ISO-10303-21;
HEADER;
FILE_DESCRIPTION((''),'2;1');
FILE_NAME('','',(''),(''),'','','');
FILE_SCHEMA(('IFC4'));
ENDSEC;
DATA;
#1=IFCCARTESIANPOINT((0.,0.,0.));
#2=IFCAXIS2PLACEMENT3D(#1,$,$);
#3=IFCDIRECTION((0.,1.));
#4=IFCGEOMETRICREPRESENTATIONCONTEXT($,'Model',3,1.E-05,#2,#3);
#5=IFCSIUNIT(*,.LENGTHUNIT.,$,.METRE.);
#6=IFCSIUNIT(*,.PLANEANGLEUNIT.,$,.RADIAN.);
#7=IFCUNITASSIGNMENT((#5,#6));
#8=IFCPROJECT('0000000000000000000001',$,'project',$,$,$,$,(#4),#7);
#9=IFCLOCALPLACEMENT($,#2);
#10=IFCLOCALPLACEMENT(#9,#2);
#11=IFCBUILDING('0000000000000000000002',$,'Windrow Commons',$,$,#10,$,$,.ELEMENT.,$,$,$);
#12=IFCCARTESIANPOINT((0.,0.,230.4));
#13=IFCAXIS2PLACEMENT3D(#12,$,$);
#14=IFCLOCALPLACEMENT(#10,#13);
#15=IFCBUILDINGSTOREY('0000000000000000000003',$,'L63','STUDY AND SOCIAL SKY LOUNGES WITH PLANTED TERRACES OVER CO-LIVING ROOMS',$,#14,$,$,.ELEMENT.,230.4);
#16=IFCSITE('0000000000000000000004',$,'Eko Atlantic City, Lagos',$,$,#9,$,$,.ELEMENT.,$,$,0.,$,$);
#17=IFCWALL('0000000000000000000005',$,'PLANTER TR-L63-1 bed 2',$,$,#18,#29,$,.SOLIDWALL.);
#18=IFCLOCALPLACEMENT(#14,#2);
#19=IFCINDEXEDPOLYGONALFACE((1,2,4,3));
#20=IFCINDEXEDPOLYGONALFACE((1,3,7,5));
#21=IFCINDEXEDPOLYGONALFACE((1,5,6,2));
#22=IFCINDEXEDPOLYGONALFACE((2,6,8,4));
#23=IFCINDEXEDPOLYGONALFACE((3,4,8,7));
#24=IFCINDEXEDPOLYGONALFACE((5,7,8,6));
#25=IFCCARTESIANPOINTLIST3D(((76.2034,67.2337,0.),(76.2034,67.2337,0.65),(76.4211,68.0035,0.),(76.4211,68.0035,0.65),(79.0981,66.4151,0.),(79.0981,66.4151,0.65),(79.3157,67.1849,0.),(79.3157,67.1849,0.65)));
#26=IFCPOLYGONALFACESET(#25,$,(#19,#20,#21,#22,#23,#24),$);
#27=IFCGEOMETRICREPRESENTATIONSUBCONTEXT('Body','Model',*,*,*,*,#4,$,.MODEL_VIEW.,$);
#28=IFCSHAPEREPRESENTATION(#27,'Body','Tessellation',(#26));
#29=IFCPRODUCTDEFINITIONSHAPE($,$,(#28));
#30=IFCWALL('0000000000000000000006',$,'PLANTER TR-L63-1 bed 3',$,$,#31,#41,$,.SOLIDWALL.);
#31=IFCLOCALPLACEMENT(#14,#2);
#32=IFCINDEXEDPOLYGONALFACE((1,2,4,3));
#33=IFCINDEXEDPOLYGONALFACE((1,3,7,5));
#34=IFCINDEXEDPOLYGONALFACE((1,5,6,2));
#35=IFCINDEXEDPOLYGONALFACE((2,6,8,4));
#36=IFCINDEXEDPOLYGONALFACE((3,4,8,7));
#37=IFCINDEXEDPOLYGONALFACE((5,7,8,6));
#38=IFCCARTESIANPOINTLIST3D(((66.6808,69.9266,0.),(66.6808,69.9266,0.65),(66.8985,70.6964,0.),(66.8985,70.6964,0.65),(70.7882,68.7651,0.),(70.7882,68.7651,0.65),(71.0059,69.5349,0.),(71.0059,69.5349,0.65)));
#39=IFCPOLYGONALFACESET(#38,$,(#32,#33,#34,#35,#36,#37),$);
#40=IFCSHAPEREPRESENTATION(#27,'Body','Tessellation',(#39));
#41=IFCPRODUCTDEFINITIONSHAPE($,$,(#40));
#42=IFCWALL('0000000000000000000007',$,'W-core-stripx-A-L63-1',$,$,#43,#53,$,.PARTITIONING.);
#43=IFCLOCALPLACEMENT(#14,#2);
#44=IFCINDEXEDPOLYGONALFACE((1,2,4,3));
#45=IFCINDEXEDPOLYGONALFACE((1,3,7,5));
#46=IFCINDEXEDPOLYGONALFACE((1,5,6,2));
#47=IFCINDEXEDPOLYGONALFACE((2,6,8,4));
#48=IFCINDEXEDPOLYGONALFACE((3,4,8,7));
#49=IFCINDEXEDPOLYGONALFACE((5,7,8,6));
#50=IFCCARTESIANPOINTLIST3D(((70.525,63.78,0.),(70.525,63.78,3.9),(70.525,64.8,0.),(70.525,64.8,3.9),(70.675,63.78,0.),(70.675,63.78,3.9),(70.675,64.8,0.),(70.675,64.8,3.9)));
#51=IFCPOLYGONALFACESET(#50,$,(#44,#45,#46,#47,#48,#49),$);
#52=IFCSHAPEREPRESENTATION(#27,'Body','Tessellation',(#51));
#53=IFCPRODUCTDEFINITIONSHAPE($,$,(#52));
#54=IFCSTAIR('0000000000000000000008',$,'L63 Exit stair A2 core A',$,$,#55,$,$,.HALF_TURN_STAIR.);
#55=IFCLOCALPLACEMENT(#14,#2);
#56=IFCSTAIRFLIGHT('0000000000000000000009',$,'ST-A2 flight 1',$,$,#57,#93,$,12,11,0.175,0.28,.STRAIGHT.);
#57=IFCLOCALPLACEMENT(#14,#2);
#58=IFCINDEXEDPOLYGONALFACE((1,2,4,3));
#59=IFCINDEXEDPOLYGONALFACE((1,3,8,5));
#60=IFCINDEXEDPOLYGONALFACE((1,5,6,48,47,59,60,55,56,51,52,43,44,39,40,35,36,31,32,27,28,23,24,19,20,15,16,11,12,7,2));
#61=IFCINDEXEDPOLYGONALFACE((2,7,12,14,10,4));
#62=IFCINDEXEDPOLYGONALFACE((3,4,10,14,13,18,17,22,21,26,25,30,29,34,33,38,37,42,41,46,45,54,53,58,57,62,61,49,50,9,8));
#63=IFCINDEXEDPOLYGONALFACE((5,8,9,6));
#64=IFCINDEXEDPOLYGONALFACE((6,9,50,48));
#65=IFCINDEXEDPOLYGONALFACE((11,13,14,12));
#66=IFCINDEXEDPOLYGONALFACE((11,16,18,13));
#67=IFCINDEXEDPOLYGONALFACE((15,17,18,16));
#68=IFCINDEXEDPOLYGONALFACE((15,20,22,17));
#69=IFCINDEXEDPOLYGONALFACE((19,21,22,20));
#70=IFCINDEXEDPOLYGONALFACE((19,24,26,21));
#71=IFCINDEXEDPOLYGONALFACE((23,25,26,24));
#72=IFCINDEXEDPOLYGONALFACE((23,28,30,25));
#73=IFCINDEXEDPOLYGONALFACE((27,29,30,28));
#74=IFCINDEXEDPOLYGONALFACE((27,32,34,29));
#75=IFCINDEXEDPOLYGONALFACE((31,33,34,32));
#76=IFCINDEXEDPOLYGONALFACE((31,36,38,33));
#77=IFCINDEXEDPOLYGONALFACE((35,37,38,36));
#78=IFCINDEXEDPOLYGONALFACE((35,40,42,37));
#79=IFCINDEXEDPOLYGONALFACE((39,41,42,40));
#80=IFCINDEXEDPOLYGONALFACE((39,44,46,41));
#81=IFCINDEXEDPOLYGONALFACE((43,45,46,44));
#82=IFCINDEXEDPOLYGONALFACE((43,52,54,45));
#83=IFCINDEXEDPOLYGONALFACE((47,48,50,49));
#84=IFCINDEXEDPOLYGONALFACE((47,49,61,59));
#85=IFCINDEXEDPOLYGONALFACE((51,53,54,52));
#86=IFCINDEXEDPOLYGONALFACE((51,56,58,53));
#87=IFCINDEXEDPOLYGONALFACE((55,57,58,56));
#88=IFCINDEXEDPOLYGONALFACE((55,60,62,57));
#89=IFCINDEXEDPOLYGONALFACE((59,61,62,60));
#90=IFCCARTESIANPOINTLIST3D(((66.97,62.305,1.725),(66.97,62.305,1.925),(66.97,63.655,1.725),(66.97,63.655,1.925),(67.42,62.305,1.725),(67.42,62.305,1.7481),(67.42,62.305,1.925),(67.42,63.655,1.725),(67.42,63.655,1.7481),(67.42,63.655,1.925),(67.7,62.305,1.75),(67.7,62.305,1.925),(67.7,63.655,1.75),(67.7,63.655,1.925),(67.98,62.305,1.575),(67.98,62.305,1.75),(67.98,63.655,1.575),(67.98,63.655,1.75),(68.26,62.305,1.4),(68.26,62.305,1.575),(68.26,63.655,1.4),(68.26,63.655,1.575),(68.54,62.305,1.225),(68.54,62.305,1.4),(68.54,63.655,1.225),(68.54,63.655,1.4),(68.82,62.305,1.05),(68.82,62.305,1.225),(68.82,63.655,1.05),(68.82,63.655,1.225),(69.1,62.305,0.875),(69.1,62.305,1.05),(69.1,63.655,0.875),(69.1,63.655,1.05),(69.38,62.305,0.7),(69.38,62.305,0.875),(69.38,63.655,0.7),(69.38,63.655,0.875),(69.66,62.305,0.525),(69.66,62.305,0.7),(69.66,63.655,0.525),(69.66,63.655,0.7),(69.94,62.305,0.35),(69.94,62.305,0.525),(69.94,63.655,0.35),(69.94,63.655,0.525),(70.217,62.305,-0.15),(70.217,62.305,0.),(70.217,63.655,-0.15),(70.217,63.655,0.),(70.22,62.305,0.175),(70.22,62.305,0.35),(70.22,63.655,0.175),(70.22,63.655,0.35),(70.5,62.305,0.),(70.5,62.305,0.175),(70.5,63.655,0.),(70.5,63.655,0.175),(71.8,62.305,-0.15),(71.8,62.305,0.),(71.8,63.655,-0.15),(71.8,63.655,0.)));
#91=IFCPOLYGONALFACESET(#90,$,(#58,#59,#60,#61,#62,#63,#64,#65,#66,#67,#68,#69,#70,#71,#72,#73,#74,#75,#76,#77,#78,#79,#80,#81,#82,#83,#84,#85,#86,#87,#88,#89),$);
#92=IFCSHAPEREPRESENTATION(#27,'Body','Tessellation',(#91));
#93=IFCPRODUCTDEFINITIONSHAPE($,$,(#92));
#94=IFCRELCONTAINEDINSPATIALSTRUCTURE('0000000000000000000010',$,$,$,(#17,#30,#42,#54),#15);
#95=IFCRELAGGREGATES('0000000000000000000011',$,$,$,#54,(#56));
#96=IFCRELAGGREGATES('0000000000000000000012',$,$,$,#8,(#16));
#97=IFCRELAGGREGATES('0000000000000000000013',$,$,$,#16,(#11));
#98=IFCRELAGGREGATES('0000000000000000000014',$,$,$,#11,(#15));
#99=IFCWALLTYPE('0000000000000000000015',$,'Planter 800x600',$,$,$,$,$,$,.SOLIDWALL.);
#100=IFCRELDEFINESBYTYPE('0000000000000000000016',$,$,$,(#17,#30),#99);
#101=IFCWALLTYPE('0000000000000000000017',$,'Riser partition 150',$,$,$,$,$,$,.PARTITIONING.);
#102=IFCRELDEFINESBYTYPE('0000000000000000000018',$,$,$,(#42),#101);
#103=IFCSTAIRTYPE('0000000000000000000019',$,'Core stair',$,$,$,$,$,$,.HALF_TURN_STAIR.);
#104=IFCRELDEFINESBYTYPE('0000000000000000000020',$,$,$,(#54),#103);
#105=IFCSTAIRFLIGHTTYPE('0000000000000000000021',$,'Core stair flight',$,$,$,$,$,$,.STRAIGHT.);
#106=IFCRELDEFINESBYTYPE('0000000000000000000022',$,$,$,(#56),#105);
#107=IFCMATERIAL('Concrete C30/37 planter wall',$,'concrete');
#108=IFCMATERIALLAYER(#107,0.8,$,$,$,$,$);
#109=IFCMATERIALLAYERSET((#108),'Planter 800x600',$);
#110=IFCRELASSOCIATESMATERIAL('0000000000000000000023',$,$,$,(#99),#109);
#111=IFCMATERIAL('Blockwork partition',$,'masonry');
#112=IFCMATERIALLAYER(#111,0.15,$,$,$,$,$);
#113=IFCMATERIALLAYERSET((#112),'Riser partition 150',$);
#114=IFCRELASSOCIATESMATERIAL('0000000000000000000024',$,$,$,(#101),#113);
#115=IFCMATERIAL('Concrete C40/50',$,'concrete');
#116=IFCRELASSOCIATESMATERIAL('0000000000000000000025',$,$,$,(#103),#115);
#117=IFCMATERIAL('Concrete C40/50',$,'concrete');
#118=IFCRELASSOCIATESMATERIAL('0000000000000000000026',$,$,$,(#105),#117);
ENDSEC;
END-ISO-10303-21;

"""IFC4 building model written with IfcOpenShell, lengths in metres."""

from ifc_helpers import new_model, si_unit, direction, frame, frame_2d, origin, place, context, subcontext, project, spatial, polyline, rectangle, outline, extrude, material, layer, layer_set, type_object, element, aggregate, save


model = new_model("IFC4")

# Units and contexts
model_context = context("Model", 3, precision=1e-05, world=origin(), true_north=direction((0.0, 1.0)))
body_context = subcontext(model_context, "Body", "Model", "MODEL_VIEW")
ifc_project = project(units=[si_unit("LENGTHUNIT", "METRE"), si_unit("PLANEANGLEUNIT", "RADIAN")], contexts=[model_context])

# Site, building, storey
site_placement = place(None, origin())
site = spatial("IfcSite", under=ifc_project, at=site_placement, Name="Eko Atlantic City, Lagos", CompositionType="ELEMENT", RefElevation=0.0)
building_placement = place(site_placement, origin())
building = spatial("IfcBuilding", under=site, at=building_placement, Name="Windrow Commons", CompositionType="ELEMENT")
storey_placement = place(building_placement, frame((0.0, 0.0, 230.4)))
storey = spatial("IfcBuildingStorey", under=building, at=storey_placement, Name="L63", Description="STUDY AND SOCIAL SKY LOUNGES WITH PLANTED TERRACES OVER CO-LIVING ROOMS", CompositionType="ELEMENT", Elevation=230.4)

# Shared definitions
placement = place(storey_placement, origin())

# Walls
ifc_material_1 = material(Name="Concrete C30/37 planter wall", Category="concrete")
ifc_layer_1 = layer(ifc_material_1, 0.8)
ifc_layer_set_1 = layer_set([ifc_layer_1], Name="Planter 800x600")
wall_type_1 = type_object("IfcWallType", Name="Planter 800x600", PredefinedType="SOLIDWALL", material=ifc_layer_set_1)
wall_1_placement = place(storey_placement, frame((79.2069, 66.8, 0.0), z_axis=(0.0, 0.0, 1.0), x_axis=(-0.962263, 0.272121, 0.0)))
element("IfcWall", 1, at=wall_1_placement, inside=storey, type_object=wall_type_1, Name="PLANTER TR-L63-1 bed 2", PredefinedType="SOLIDWALL", context=body_context, shape_type="SweptSolid", body=[
    extrude(rectangle(XDim=3.0082, YDim=0.8, at=frame_2d((1.5041, 0.0))), origin(), (0.0, 0.0, 1.0), 0.65),
])
wall_2_placement = place(storey_placement, frame((70.8971, 69.15, 0.0), z_axis=(0.0, 0.0, 1.0), x_axis=(-0.962266, 0.272112, 0.0)))
element("IfcWall", 2, at=wall_2_placement, inside=storey, type_object=wall_type_1, Name="PLANTER TR-L63-1 bed 3", PredefinedType="SOLIDWALL", context=body_context, shape_type="SweptSolid", body=[
    extrude(rectangle(XDim=4.2685, YDim=0.8, at=frame_2d((2.1343, 0.0))), origin(), (0.0, 0.0, 1.0), 0.65),
])
ifc_material_2 = material(Name="Blockwork partition", Category="masonry")
ifc_layer_2 = layer(ifc_material_2, 0.15)
ifc_layer_set_2 = layer_set([ifc_layer_2], Name="Riser partition 150")
wall_type_2 = type_object("IfcWallType", Name="Riser partition 150", PredefinedType="PARTITIONING", material=ifc_layer_set_2)
wall_3_placement = place(storey_placement, frame((70.6, 63.78, 0.0), z_axis=(0.0, 0.0, 1.0), x_axis=(0.0, 1.0, 0.0)))
element("IfcWall", 3, at=wall_3_placement, inside=storey, type_object=wall_type_2, Name="W-core-stripx-A-L63-1", PredefinedType="PARTITIONING", context=body_context, shape_type="SweptSolid", body=[
    extrude(rectangle(XDim=1.02, YDim=0.15, at=frame_2d((0.51, 0.0))), origin(), (0.0, 0.0, 1.0), 3.9),
])

# Stair, stair flight
ifc_material_3 = material(Name="Concrete C40/50", Category="concrete")
stair_type = type_object("IfcStairType", Name="Core stair", PredefinedType="HALF_TURN_STAIR", material=ifc_material_3)
stair = element("IfcStair", 4, at=placement, inside=storey, type_object=stair_type, Name="L63 Exit stair A2 core A", PredefinedType="HALF_TURN_STAIR")
ifc_material_4 = material(Name="Concrete C40/50", Category="concrete")
stair_flight_type = type_object("IfcStairFlightType", Name="Core stair flight", PredefinedType="STRAIGHT", material=ifc_material_4)
stair_flight_placement = place(storey_placement, frame((70.5, 62.98, 0.0), z_axis=(0.0, 0.0, 1.0), x_axis=(-1.0, 0.0, 0.0)))
stair_flight = element("IfcStairFlight", 5, at=stair_flight_placement, type_object=stair_flight_type, Name="ST-A2 flight 1", NumberOfRisers=12, NumberOfTreads=11, PredefinedType="STRAIGHT", RiserHeight=0.175, TreadLength=0.28, context=body_context, shape_type="SweptSolid", body=[
    extrude(outline(polyline([(-1.3, -0.15), (-1.3, 0.0), (0.0, 0.0), (0.0, 0.175), (0.28, 0.175), (0.28, 0.35), (0.56, 0.35), (0.56, 0.525), (0.84, 0.525), (0.84, 0.7), (1.12, 0.7), (1.12, 0.875), (1.4, 0.875), (1.4, 1.05), (1.68, 1.05), (1.68, 1.225), (1.96, 1.225), (1.96, 1.4), (2.24, 1.4), (2.24, 1.575), (2.52, 1.575), (2.52, 1.75), (2.8, 1.75), (2.8, 1.925), (3.08, 1.925), (3.53, 1.925), (3.53, 1.725), (3.08, 1.725), (3.08, 1.7481), (0.283, 0.0), (0.283, -0.15), (-1.3, -0.15)])), frame((0.0, 0.675, 0.0), z_axis=(0.0, -1.0, 0.0), x_axis=(1.0, 0.0, 0.0)), (0.0, 0.0, 1.0), 1.35),
])
aggregate(stair, [stair_flight])

save(model, "model.ifc")
